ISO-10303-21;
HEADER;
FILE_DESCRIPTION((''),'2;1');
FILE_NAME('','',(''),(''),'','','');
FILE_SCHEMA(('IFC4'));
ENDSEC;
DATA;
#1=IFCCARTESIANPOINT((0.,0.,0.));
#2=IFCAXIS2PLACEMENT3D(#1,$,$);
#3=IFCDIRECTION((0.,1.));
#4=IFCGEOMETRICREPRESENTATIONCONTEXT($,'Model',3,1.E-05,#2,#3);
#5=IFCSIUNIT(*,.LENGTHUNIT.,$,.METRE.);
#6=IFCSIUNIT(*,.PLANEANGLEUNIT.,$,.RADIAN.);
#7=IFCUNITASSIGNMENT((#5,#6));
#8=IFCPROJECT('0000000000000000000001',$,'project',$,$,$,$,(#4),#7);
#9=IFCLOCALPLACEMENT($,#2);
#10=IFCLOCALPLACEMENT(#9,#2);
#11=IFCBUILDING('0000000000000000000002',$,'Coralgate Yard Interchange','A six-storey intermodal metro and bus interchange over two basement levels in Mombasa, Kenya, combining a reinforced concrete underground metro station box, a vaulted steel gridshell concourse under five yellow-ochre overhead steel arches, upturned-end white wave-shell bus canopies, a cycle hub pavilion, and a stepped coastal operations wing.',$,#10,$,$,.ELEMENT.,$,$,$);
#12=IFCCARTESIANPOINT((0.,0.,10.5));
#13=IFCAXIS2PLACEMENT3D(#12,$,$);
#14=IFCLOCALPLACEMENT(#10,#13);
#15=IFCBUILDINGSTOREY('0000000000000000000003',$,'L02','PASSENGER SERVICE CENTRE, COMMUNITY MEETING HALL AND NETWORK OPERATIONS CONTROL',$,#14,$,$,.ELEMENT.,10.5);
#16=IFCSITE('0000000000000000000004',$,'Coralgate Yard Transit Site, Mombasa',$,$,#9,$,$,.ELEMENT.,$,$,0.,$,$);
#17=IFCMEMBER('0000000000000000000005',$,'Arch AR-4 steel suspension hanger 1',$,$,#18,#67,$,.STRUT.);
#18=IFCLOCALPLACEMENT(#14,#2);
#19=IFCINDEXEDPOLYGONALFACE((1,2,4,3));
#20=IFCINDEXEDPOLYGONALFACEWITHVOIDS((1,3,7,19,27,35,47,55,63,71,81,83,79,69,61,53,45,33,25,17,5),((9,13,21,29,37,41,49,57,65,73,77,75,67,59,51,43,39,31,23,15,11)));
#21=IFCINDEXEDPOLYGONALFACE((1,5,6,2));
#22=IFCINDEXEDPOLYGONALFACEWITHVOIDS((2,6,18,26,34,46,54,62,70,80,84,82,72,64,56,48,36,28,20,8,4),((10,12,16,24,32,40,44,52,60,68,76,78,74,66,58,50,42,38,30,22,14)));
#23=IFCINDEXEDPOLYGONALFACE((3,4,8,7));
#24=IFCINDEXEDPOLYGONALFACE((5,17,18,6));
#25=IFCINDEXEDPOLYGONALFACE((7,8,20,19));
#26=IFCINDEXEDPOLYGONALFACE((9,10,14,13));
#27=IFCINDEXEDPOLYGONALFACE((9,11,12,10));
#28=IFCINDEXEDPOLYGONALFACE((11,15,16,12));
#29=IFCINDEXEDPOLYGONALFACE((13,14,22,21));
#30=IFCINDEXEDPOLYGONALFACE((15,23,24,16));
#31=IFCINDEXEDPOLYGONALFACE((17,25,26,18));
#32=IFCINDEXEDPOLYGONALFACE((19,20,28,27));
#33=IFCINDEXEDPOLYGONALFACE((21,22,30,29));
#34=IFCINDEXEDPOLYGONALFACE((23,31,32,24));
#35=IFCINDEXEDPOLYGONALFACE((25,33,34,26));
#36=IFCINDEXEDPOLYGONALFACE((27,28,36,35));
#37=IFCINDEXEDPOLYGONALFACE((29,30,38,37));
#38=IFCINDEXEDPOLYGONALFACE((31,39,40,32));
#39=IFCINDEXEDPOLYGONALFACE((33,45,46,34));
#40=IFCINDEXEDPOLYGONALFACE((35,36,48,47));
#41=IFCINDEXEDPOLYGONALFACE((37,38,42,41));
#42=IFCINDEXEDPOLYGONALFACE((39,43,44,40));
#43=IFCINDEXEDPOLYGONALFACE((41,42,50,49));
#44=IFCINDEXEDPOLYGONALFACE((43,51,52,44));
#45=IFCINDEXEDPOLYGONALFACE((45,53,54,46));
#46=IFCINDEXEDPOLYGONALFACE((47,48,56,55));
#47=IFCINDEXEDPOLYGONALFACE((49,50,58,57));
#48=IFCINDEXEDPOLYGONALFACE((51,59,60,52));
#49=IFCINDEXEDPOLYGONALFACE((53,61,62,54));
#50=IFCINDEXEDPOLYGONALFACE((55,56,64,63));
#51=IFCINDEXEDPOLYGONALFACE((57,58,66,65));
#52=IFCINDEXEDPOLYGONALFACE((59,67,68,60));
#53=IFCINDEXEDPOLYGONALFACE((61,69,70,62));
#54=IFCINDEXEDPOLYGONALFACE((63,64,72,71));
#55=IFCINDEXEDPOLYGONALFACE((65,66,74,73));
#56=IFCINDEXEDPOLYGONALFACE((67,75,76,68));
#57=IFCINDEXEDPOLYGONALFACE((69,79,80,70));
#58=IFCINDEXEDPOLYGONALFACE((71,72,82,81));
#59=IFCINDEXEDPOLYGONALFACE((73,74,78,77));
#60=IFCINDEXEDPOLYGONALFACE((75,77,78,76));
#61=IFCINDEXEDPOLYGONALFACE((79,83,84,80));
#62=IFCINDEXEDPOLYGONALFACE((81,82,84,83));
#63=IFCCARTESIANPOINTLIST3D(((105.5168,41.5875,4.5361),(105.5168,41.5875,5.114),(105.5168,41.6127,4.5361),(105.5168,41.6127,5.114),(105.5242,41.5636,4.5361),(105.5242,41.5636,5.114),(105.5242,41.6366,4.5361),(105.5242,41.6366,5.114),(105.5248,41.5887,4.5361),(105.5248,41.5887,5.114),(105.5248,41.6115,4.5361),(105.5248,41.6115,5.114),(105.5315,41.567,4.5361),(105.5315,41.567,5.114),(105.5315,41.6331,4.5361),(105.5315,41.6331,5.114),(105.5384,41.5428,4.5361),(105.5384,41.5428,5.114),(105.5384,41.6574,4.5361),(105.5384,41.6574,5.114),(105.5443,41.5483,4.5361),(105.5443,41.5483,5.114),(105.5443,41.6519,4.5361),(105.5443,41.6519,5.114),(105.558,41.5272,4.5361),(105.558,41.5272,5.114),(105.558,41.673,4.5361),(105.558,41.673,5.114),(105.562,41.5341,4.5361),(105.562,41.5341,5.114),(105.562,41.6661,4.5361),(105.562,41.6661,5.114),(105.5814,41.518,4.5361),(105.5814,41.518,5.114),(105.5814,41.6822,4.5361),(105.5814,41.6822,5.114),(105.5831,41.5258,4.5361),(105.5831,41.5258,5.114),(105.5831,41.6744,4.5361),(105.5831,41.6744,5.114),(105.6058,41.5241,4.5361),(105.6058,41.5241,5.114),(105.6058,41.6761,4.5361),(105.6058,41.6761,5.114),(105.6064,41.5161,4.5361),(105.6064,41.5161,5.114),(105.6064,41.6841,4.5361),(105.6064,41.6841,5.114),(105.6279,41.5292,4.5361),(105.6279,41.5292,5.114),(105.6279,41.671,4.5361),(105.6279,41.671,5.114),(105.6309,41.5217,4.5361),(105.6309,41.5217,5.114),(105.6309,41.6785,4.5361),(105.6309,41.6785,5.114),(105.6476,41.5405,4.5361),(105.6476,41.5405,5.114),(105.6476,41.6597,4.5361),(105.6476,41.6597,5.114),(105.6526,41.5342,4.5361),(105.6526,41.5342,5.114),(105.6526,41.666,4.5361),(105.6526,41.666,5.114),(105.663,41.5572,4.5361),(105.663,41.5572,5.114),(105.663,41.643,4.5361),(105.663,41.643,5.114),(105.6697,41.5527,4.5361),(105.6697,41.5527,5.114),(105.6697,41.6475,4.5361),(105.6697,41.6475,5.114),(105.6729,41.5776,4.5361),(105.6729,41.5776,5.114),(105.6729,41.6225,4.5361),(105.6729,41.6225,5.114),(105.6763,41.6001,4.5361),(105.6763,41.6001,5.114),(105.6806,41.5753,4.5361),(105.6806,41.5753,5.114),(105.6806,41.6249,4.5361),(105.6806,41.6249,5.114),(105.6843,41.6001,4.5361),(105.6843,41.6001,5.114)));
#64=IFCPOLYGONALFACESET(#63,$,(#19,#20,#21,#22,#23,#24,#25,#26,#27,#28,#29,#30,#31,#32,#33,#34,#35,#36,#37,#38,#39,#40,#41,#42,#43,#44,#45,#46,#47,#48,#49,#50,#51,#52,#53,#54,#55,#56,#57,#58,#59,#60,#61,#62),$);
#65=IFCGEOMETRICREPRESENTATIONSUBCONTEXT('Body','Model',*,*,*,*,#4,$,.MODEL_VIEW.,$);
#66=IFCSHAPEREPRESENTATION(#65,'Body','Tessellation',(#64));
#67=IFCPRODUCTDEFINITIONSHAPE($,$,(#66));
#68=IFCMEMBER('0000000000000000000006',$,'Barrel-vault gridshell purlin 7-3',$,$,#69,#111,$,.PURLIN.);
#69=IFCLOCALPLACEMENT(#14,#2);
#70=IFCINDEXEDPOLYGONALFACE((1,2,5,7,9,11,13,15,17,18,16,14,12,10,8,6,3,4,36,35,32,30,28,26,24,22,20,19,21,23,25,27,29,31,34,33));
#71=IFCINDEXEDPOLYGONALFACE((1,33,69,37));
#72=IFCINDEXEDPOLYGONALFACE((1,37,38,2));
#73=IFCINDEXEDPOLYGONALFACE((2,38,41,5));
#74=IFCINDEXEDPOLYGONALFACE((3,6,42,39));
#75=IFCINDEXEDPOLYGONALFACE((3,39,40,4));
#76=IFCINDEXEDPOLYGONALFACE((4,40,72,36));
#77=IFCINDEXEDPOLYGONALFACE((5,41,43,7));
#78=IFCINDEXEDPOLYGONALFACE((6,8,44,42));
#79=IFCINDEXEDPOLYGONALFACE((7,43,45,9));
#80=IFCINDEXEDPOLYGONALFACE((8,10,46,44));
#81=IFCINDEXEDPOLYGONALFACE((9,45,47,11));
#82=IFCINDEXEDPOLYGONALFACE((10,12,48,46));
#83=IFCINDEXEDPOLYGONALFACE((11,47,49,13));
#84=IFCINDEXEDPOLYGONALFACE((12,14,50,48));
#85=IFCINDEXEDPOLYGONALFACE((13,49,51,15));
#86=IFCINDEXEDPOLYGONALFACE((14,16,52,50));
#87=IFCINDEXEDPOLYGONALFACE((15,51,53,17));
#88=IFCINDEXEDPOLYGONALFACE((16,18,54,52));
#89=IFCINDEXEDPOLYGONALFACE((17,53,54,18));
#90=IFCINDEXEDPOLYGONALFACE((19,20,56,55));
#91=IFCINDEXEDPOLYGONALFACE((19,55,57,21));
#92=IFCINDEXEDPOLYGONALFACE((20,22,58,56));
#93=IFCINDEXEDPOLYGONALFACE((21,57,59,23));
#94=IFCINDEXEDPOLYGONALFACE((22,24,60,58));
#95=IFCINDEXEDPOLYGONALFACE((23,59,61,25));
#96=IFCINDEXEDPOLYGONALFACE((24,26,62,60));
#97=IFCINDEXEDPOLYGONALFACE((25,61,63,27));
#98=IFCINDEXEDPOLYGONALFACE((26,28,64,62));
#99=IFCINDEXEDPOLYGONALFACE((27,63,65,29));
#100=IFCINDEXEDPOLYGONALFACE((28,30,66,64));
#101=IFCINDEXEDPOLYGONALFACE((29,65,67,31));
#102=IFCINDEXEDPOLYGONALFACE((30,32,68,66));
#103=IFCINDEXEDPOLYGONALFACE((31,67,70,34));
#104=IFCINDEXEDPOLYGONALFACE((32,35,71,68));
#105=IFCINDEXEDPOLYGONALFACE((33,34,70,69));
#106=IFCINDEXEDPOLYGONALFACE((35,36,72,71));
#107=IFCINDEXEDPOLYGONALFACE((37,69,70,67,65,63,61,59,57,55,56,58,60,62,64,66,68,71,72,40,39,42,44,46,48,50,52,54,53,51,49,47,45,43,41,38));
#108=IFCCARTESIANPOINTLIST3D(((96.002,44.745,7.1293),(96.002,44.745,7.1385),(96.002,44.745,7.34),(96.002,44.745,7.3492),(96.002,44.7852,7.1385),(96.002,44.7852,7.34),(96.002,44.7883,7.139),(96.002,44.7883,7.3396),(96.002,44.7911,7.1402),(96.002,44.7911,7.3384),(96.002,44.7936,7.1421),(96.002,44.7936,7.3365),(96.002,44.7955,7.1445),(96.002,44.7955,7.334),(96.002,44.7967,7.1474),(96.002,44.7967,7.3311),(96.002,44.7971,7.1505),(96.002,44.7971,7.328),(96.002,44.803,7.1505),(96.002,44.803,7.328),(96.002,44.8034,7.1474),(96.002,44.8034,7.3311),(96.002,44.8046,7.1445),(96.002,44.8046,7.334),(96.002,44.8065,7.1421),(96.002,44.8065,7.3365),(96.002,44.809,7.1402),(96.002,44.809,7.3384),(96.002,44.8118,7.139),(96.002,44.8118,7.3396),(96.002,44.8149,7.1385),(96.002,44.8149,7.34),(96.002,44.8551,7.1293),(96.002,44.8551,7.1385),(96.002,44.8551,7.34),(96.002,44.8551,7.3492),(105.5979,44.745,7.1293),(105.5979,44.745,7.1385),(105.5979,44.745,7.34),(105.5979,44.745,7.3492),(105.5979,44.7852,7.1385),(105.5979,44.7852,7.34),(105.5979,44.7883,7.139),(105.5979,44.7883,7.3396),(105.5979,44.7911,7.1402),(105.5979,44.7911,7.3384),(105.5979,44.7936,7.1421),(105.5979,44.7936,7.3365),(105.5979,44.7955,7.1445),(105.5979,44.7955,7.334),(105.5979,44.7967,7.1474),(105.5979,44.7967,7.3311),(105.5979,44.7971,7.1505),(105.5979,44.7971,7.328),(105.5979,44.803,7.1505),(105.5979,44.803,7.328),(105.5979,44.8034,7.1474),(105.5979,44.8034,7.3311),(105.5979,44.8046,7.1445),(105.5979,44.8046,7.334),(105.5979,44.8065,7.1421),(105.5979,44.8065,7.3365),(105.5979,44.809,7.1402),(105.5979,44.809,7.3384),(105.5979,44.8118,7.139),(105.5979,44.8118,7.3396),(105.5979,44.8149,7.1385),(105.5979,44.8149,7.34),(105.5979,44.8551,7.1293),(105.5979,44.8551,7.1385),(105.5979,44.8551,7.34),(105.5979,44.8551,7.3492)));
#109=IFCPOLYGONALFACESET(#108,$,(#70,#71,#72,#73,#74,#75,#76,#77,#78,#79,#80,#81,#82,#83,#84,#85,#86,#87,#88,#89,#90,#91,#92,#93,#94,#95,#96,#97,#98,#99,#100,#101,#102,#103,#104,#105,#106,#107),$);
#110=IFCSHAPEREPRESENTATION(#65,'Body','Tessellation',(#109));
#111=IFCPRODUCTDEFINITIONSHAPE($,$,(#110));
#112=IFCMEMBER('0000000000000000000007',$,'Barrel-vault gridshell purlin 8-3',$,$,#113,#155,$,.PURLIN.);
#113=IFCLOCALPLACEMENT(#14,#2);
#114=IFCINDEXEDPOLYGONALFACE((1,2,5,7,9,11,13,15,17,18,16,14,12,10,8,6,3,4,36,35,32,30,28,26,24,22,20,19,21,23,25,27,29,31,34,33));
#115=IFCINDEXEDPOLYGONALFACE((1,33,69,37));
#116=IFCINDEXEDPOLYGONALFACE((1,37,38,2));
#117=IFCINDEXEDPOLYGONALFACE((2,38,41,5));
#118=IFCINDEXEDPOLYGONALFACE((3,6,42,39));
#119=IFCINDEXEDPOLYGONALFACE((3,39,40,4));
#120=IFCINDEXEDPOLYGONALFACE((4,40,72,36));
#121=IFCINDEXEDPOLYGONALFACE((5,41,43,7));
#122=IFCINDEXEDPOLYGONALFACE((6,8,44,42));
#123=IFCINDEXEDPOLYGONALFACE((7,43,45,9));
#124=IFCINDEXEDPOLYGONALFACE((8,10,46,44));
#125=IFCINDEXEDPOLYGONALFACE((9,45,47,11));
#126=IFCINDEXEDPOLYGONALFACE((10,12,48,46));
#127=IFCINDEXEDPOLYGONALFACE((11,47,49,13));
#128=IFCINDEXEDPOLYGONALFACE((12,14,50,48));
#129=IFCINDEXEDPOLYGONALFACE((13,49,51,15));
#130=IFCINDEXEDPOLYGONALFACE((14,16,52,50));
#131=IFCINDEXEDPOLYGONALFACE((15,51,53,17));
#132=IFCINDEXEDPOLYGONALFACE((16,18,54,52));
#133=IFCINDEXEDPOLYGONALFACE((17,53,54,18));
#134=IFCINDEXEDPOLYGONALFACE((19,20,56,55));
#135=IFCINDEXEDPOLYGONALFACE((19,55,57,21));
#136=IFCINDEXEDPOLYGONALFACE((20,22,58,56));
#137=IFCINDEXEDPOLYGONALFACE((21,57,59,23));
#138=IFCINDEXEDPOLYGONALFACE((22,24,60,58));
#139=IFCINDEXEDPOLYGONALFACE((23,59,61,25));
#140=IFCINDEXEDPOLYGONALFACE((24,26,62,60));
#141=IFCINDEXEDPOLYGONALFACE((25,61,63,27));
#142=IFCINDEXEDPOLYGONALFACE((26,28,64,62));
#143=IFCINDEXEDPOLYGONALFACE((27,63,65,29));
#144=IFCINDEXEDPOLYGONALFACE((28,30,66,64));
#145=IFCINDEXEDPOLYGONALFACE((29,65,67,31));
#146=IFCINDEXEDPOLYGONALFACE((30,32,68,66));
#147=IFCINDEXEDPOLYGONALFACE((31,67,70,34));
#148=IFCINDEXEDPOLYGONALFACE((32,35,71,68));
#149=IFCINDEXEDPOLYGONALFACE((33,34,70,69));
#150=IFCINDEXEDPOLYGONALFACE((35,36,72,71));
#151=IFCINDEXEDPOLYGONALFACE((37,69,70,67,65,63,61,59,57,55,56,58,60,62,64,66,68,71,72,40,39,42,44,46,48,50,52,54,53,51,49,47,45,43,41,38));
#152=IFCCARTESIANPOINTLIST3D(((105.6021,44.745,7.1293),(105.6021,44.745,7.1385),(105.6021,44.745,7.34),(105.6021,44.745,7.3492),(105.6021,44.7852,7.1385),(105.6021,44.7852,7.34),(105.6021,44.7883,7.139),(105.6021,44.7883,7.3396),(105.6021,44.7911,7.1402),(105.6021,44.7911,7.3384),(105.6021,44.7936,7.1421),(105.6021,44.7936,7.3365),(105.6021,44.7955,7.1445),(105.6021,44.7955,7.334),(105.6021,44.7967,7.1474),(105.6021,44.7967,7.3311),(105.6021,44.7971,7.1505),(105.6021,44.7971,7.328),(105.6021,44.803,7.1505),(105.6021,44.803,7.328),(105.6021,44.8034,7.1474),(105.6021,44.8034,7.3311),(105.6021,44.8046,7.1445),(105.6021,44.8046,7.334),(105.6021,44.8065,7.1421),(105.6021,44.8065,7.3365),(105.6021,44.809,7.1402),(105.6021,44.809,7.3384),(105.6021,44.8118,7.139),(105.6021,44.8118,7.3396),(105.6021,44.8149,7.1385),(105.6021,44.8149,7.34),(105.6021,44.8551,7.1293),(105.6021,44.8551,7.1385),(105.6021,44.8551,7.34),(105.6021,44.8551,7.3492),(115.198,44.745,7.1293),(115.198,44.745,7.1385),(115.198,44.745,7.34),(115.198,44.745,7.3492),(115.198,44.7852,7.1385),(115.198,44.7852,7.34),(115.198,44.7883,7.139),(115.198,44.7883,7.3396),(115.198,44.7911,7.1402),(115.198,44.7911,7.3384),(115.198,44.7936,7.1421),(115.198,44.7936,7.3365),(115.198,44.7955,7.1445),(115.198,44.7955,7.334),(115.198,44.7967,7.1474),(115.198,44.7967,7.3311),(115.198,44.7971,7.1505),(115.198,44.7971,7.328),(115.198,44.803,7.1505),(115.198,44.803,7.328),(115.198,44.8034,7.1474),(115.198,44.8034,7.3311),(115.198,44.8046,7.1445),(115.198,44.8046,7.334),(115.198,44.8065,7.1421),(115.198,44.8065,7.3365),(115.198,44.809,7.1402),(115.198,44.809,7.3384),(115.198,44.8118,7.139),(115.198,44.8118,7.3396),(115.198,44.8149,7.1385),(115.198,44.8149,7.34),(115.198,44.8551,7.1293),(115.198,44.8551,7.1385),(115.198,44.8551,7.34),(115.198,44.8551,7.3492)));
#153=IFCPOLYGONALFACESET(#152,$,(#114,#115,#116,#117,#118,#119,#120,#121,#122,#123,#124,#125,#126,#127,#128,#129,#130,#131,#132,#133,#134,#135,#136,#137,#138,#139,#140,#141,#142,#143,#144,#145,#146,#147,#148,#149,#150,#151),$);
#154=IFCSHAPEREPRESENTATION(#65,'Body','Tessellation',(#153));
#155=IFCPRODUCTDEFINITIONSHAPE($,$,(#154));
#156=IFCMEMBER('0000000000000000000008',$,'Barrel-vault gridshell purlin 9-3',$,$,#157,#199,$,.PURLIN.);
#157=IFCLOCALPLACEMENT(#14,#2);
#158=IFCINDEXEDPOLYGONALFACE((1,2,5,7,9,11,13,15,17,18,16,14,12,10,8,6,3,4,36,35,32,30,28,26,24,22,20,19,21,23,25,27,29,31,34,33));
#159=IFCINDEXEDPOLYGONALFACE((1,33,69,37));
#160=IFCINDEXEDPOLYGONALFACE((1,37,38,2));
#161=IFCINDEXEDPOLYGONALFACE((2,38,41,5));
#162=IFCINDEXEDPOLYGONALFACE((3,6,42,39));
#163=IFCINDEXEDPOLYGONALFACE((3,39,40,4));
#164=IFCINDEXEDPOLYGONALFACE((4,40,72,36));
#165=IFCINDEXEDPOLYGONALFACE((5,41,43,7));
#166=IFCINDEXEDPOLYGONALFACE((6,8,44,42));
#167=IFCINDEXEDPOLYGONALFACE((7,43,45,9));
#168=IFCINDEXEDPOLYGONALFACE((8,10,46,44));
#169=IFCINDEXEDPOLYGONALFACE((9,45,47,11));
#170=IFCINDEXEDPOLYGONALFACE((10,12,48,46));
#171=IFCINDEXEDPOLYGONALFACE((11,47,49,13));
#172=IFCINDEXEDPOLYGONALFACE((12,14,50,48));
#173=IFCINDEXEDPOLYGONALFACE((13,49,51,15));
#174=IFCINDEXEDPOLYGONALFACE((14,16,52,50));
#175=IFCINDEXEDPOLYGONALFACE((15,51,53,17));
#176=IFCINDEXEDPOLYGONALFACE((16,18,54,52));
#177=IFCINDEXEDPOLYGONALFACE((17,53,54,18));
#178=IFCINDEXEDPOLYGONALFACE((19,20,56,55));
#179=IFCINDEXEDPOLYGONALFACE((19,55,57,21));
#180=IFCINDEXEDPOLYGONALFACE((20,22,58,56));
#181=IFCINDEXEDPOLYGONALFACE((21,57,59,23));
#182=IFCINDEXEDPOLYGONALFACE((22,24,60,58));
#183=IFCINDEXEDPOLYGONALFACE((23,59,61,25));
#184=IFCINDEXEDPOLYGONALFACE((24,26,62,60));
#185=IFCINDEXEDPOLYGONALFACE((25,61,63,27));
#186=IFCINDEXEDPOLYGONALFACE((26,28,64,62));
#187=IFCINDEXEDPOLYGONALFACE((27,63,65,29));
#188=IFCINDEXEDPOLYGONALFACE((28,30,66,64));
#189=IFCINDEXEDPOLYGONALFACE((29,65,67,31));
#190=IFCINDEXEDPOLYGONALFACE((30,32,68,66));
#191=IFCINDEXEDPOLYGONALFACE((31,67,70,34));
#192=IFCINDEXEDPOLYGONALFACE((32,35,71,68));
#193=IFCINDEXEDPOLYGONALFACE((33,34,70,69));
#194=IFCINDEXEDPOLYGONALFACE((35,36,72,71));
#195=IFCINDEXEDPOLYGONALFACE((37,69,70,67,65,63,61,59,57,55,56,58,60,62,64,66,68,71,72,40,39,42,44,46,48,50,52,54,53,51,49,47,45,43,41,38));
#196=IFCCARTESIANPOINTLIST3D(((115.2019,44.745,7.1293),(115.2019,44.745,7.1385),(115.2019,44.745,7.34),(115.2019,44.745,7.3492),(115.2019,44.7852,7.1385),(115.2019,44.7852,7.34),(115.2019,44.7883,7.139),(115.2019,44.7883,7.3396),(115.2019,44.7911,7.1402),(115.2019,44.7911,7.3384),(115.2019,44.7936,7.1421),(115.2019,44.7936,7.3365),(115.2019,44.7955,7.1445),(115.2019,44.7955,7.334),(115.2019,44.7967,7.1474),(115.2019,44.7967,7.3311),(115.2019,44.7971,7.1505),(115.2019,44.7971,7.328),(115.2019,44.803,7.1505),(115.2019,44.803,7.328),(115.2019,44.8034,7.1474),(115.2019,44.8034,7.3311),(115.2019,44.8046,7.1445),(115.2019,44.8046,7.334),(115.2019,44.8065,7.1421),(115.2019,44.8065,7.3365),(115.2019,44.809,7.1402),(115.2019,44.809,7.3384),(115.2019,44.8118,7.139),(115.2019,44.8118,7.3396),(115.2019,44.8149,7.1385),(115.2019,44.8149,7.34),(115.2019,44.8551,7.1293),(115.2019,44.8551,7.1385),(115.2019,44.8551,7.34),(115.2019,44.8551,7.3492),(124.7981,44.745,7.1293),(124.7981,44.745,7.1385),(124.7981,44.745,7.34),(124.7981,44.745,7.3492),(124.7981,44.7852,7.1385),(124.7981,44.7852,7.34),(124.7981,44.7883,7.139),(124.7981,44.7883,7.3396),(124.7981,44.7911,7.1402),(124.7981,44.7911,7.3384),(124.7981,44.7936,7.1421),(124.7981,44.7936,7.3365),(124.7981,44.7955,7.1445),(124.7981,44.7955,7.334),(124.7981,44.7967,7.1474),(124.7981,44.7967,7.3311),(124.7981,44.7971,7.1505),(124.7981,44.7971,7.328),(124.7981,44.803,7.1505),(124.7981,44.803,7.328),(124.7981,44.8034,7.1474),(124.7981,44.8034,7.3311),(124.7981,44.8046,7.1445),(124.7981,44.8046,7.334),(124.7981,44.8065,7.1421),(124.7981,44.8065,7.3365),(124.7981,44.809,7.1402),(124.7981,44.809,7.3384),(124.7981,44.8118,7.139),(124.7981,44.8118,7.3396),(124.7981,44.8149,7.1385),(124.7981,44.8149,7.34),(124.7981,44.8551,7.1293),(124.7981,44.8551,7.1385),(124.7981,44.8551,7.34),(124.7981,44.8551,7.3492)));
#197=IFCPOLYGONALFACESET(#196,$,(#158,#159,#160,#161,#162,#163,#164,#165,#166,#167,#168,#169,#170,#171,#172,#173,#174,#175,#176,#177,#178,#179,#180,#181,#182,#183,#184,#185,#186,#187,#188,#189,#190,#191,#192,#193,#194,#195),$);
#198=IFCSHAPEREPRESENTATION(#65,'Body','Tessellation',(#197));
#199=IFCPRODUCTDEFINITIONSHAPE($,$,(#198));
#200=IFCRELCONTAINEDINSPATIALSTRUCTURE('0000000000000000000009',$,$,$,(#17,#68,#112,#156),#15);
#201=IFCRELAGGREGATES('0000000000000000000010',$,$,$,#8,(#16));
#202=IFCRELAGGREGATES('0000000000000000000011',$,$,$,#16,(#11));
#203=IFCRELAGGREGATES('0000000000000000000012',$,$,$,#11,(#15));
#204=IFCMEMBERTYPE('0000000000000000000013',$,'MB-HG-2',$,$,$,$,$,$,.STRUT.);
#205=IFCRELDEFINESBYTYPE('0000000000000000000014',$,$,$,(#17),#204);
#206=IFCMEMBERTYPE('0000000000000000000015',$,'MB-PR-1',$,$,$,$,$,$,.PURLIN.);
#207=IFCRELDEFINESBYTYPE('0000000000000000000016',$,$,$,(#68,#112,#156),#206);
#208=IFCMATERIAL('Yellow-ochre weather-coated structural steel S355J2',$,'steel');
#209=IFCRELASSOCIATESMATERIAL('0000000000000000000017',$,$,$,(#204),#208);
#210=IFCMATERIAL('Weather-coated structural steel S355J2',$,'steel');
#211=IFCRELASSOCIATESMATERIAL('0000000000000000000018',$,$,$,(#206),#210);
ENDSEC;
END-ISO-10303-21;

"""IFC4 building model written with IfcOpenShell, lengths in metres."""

from ifc_helpers import new_model, si_unit, direction, frame, origin, origin_2d, place, context, subcontext, project, spatial, hollow_circle, i_section, extrude, material, material_profile, profile_set, type_object, element, save


model = new_model("IFC4")

# Units and contexts
model_context = context("Model", 3, precision=1e-05, world=origin(), true_north=direction((0.0, 1.0)))
body_context = subcontext(model_context, "Body", "Model", "MODEL_VIEW")
ifc_project = project(units=[si_unit("LENGTHUNIT", "METRE"), si_unit("PLANEANGLEUNIT", "RADIAN")], contexts=[model_context])

# Site, building, storey
site_placement = place(None, origin())
site = spatial("IfcSite", under=ifc_project, at=site_placement, Name="Coralgate Yard Transit Site, Mombasa", CompositionType="ELEMENT", RefElevation=0.0)
building_placement = place(site_placement, origin())
building = spatial("IfcBuilding", under=site, at=building_placement, Name="Coralgate Yard Interchange", Description="A six-storey intermodal metro and bus interchange over two basement levels in Mombasa, Kenya, combining a reinforced concrete underground metro station box, a vaulted steel gridshell concourse under five yellow-ochre overhead steel arches, upturned-end white wave-shell bus canopies, a cycle hub pavilion, and a stepped coastal operations wing.", CompositionType="ELEMENT")
storey_placement = place(building_placement, frame((0.0, 0.0, 10.5)))
storey = spatial("IfcBuildingStorey", under=building, at=storey_placement, Name="L02", Description="PASSENGER SERVICE CENTRE, COMMUNITY MEETING HALL AND NETWORK OPERATIONS CONTROL", CompositionType="ELEMENT", Elevation=10.5)

# Shared definitions
ifc_material_1 = material(Name="Yellow-ochre weather-coated structural steel S355J2", Category="steel")
ifc_material_2 = material(Name="Weather-coated structural steel S355J2", Category="steel")

# Members
ifc_material_profile_1 = material_profile(ifc_material_1, hollow_circle(Radius=0.0842, WallThickness=0.0081, at=origin_2d()), Name="CHS 168.3x8")
ifc_profile_set_1 = profile_set([ifc_material_profile_1], Name="Yellow-ochre weather-coated structural steel S355J2")
member_type_1 = type_object("IfcMemberType", Name="MB-HG-2", PredefinedType="STRUT", material=ifc_profile_set_1)
member_1_placement = place(storey_placement, frame((105.6001, 41.6001, 4.5361), z_axis=(0.0, 0.0, 1.0), x_axis=(1.0, 0.0, 0.0)))
element("IfcMember", 1, at=member_1_placement, inside=storey, type_object=member_type_1, Name="Arch AR-4 steel suspension hanger 1", PredefinedType="STRUT", context=body_context, shape_type="SweptSolid", body=[
    extrude(hollow_circle(Radius=0.0842, WallThickness=0.0081, at=origin_2d()), origin(), (0.0, 0.0, 1.0), 0.5779),
])
ifc_material_profile_2 = material_profile(ifc_material_2, i_section(OverallWidth=0.1101, OverallDepth=0.22, WebThickness=0.0059, FlangeThickness=0.0093, FilletRadius=0.012, at=origin_2d()), Name="IPE 220")
ifc_profile_set_2 = profile_set([ifc_material_profile_2], Name="Weather-coated structural steel S355J2")
member_type_2 = type_object("IfcMemberType", Name="MB-PR-1", PredefinedType="PURLIN", material=ifc_profile_set_2)
for number, where, z_axis, x_axis, name in (
    (2, (96.002, 44.8, 7.2393), (1.0, 0.0, 0.0), (0.0, 1.0, 0.0), "Barrel-vault gridshell purlin 7-3"),
    (3, (105.6021, 44.8, 7.2393), (1.0, 0.0, 0.0), (0.0, 1.0, 0.0), "Barrel-vault gridshell purlin 8-3"),
):
    element("IfcMember", number, at=place(storey_placement, frame(where, z_axis=z_axis, x_axis=x_axis)), inside=storey, type_object=member_type_2, Name=name, PredefinedType="PURLIN", context=body_context, shape_type="SweptSolid", body=[
        extrude(i_section(OverallWidth=0.1101, OverallDepth=0.22, WebThickness=0.0059, FlangeThickness=0.0093, FilletRadius=0.012, at=origin_2d()), origin(), (0.0, 0.0, 1.0), 9.5959),
    ])
member_2_placement = place(storey_placement, frame((115.2019, 44.8, 7.2393), z_axis=(1.0, 0.0, 0.0), x_axis=(0.0, 1.0, 0.0)))
element("IfcMember", 4, at=member_2_placement, inside=storey, type_object=member_type_2, Name="Barrel-vault gridshell purlin 9-3", PredefinedType="PURLIN", context=body_context, shape_type="SweptSolid", body=[
    extrude(i_section(OverallWidth=0.1101, OverallDepth=0.22, WebThickness=0.0059, FlangeThickness=0.0093, FilletRadius=0.012, at=origin_2d()), origin(), (0.0, 0.0, 1.0), 9.5962),
])

save(model, "model.ifc")
